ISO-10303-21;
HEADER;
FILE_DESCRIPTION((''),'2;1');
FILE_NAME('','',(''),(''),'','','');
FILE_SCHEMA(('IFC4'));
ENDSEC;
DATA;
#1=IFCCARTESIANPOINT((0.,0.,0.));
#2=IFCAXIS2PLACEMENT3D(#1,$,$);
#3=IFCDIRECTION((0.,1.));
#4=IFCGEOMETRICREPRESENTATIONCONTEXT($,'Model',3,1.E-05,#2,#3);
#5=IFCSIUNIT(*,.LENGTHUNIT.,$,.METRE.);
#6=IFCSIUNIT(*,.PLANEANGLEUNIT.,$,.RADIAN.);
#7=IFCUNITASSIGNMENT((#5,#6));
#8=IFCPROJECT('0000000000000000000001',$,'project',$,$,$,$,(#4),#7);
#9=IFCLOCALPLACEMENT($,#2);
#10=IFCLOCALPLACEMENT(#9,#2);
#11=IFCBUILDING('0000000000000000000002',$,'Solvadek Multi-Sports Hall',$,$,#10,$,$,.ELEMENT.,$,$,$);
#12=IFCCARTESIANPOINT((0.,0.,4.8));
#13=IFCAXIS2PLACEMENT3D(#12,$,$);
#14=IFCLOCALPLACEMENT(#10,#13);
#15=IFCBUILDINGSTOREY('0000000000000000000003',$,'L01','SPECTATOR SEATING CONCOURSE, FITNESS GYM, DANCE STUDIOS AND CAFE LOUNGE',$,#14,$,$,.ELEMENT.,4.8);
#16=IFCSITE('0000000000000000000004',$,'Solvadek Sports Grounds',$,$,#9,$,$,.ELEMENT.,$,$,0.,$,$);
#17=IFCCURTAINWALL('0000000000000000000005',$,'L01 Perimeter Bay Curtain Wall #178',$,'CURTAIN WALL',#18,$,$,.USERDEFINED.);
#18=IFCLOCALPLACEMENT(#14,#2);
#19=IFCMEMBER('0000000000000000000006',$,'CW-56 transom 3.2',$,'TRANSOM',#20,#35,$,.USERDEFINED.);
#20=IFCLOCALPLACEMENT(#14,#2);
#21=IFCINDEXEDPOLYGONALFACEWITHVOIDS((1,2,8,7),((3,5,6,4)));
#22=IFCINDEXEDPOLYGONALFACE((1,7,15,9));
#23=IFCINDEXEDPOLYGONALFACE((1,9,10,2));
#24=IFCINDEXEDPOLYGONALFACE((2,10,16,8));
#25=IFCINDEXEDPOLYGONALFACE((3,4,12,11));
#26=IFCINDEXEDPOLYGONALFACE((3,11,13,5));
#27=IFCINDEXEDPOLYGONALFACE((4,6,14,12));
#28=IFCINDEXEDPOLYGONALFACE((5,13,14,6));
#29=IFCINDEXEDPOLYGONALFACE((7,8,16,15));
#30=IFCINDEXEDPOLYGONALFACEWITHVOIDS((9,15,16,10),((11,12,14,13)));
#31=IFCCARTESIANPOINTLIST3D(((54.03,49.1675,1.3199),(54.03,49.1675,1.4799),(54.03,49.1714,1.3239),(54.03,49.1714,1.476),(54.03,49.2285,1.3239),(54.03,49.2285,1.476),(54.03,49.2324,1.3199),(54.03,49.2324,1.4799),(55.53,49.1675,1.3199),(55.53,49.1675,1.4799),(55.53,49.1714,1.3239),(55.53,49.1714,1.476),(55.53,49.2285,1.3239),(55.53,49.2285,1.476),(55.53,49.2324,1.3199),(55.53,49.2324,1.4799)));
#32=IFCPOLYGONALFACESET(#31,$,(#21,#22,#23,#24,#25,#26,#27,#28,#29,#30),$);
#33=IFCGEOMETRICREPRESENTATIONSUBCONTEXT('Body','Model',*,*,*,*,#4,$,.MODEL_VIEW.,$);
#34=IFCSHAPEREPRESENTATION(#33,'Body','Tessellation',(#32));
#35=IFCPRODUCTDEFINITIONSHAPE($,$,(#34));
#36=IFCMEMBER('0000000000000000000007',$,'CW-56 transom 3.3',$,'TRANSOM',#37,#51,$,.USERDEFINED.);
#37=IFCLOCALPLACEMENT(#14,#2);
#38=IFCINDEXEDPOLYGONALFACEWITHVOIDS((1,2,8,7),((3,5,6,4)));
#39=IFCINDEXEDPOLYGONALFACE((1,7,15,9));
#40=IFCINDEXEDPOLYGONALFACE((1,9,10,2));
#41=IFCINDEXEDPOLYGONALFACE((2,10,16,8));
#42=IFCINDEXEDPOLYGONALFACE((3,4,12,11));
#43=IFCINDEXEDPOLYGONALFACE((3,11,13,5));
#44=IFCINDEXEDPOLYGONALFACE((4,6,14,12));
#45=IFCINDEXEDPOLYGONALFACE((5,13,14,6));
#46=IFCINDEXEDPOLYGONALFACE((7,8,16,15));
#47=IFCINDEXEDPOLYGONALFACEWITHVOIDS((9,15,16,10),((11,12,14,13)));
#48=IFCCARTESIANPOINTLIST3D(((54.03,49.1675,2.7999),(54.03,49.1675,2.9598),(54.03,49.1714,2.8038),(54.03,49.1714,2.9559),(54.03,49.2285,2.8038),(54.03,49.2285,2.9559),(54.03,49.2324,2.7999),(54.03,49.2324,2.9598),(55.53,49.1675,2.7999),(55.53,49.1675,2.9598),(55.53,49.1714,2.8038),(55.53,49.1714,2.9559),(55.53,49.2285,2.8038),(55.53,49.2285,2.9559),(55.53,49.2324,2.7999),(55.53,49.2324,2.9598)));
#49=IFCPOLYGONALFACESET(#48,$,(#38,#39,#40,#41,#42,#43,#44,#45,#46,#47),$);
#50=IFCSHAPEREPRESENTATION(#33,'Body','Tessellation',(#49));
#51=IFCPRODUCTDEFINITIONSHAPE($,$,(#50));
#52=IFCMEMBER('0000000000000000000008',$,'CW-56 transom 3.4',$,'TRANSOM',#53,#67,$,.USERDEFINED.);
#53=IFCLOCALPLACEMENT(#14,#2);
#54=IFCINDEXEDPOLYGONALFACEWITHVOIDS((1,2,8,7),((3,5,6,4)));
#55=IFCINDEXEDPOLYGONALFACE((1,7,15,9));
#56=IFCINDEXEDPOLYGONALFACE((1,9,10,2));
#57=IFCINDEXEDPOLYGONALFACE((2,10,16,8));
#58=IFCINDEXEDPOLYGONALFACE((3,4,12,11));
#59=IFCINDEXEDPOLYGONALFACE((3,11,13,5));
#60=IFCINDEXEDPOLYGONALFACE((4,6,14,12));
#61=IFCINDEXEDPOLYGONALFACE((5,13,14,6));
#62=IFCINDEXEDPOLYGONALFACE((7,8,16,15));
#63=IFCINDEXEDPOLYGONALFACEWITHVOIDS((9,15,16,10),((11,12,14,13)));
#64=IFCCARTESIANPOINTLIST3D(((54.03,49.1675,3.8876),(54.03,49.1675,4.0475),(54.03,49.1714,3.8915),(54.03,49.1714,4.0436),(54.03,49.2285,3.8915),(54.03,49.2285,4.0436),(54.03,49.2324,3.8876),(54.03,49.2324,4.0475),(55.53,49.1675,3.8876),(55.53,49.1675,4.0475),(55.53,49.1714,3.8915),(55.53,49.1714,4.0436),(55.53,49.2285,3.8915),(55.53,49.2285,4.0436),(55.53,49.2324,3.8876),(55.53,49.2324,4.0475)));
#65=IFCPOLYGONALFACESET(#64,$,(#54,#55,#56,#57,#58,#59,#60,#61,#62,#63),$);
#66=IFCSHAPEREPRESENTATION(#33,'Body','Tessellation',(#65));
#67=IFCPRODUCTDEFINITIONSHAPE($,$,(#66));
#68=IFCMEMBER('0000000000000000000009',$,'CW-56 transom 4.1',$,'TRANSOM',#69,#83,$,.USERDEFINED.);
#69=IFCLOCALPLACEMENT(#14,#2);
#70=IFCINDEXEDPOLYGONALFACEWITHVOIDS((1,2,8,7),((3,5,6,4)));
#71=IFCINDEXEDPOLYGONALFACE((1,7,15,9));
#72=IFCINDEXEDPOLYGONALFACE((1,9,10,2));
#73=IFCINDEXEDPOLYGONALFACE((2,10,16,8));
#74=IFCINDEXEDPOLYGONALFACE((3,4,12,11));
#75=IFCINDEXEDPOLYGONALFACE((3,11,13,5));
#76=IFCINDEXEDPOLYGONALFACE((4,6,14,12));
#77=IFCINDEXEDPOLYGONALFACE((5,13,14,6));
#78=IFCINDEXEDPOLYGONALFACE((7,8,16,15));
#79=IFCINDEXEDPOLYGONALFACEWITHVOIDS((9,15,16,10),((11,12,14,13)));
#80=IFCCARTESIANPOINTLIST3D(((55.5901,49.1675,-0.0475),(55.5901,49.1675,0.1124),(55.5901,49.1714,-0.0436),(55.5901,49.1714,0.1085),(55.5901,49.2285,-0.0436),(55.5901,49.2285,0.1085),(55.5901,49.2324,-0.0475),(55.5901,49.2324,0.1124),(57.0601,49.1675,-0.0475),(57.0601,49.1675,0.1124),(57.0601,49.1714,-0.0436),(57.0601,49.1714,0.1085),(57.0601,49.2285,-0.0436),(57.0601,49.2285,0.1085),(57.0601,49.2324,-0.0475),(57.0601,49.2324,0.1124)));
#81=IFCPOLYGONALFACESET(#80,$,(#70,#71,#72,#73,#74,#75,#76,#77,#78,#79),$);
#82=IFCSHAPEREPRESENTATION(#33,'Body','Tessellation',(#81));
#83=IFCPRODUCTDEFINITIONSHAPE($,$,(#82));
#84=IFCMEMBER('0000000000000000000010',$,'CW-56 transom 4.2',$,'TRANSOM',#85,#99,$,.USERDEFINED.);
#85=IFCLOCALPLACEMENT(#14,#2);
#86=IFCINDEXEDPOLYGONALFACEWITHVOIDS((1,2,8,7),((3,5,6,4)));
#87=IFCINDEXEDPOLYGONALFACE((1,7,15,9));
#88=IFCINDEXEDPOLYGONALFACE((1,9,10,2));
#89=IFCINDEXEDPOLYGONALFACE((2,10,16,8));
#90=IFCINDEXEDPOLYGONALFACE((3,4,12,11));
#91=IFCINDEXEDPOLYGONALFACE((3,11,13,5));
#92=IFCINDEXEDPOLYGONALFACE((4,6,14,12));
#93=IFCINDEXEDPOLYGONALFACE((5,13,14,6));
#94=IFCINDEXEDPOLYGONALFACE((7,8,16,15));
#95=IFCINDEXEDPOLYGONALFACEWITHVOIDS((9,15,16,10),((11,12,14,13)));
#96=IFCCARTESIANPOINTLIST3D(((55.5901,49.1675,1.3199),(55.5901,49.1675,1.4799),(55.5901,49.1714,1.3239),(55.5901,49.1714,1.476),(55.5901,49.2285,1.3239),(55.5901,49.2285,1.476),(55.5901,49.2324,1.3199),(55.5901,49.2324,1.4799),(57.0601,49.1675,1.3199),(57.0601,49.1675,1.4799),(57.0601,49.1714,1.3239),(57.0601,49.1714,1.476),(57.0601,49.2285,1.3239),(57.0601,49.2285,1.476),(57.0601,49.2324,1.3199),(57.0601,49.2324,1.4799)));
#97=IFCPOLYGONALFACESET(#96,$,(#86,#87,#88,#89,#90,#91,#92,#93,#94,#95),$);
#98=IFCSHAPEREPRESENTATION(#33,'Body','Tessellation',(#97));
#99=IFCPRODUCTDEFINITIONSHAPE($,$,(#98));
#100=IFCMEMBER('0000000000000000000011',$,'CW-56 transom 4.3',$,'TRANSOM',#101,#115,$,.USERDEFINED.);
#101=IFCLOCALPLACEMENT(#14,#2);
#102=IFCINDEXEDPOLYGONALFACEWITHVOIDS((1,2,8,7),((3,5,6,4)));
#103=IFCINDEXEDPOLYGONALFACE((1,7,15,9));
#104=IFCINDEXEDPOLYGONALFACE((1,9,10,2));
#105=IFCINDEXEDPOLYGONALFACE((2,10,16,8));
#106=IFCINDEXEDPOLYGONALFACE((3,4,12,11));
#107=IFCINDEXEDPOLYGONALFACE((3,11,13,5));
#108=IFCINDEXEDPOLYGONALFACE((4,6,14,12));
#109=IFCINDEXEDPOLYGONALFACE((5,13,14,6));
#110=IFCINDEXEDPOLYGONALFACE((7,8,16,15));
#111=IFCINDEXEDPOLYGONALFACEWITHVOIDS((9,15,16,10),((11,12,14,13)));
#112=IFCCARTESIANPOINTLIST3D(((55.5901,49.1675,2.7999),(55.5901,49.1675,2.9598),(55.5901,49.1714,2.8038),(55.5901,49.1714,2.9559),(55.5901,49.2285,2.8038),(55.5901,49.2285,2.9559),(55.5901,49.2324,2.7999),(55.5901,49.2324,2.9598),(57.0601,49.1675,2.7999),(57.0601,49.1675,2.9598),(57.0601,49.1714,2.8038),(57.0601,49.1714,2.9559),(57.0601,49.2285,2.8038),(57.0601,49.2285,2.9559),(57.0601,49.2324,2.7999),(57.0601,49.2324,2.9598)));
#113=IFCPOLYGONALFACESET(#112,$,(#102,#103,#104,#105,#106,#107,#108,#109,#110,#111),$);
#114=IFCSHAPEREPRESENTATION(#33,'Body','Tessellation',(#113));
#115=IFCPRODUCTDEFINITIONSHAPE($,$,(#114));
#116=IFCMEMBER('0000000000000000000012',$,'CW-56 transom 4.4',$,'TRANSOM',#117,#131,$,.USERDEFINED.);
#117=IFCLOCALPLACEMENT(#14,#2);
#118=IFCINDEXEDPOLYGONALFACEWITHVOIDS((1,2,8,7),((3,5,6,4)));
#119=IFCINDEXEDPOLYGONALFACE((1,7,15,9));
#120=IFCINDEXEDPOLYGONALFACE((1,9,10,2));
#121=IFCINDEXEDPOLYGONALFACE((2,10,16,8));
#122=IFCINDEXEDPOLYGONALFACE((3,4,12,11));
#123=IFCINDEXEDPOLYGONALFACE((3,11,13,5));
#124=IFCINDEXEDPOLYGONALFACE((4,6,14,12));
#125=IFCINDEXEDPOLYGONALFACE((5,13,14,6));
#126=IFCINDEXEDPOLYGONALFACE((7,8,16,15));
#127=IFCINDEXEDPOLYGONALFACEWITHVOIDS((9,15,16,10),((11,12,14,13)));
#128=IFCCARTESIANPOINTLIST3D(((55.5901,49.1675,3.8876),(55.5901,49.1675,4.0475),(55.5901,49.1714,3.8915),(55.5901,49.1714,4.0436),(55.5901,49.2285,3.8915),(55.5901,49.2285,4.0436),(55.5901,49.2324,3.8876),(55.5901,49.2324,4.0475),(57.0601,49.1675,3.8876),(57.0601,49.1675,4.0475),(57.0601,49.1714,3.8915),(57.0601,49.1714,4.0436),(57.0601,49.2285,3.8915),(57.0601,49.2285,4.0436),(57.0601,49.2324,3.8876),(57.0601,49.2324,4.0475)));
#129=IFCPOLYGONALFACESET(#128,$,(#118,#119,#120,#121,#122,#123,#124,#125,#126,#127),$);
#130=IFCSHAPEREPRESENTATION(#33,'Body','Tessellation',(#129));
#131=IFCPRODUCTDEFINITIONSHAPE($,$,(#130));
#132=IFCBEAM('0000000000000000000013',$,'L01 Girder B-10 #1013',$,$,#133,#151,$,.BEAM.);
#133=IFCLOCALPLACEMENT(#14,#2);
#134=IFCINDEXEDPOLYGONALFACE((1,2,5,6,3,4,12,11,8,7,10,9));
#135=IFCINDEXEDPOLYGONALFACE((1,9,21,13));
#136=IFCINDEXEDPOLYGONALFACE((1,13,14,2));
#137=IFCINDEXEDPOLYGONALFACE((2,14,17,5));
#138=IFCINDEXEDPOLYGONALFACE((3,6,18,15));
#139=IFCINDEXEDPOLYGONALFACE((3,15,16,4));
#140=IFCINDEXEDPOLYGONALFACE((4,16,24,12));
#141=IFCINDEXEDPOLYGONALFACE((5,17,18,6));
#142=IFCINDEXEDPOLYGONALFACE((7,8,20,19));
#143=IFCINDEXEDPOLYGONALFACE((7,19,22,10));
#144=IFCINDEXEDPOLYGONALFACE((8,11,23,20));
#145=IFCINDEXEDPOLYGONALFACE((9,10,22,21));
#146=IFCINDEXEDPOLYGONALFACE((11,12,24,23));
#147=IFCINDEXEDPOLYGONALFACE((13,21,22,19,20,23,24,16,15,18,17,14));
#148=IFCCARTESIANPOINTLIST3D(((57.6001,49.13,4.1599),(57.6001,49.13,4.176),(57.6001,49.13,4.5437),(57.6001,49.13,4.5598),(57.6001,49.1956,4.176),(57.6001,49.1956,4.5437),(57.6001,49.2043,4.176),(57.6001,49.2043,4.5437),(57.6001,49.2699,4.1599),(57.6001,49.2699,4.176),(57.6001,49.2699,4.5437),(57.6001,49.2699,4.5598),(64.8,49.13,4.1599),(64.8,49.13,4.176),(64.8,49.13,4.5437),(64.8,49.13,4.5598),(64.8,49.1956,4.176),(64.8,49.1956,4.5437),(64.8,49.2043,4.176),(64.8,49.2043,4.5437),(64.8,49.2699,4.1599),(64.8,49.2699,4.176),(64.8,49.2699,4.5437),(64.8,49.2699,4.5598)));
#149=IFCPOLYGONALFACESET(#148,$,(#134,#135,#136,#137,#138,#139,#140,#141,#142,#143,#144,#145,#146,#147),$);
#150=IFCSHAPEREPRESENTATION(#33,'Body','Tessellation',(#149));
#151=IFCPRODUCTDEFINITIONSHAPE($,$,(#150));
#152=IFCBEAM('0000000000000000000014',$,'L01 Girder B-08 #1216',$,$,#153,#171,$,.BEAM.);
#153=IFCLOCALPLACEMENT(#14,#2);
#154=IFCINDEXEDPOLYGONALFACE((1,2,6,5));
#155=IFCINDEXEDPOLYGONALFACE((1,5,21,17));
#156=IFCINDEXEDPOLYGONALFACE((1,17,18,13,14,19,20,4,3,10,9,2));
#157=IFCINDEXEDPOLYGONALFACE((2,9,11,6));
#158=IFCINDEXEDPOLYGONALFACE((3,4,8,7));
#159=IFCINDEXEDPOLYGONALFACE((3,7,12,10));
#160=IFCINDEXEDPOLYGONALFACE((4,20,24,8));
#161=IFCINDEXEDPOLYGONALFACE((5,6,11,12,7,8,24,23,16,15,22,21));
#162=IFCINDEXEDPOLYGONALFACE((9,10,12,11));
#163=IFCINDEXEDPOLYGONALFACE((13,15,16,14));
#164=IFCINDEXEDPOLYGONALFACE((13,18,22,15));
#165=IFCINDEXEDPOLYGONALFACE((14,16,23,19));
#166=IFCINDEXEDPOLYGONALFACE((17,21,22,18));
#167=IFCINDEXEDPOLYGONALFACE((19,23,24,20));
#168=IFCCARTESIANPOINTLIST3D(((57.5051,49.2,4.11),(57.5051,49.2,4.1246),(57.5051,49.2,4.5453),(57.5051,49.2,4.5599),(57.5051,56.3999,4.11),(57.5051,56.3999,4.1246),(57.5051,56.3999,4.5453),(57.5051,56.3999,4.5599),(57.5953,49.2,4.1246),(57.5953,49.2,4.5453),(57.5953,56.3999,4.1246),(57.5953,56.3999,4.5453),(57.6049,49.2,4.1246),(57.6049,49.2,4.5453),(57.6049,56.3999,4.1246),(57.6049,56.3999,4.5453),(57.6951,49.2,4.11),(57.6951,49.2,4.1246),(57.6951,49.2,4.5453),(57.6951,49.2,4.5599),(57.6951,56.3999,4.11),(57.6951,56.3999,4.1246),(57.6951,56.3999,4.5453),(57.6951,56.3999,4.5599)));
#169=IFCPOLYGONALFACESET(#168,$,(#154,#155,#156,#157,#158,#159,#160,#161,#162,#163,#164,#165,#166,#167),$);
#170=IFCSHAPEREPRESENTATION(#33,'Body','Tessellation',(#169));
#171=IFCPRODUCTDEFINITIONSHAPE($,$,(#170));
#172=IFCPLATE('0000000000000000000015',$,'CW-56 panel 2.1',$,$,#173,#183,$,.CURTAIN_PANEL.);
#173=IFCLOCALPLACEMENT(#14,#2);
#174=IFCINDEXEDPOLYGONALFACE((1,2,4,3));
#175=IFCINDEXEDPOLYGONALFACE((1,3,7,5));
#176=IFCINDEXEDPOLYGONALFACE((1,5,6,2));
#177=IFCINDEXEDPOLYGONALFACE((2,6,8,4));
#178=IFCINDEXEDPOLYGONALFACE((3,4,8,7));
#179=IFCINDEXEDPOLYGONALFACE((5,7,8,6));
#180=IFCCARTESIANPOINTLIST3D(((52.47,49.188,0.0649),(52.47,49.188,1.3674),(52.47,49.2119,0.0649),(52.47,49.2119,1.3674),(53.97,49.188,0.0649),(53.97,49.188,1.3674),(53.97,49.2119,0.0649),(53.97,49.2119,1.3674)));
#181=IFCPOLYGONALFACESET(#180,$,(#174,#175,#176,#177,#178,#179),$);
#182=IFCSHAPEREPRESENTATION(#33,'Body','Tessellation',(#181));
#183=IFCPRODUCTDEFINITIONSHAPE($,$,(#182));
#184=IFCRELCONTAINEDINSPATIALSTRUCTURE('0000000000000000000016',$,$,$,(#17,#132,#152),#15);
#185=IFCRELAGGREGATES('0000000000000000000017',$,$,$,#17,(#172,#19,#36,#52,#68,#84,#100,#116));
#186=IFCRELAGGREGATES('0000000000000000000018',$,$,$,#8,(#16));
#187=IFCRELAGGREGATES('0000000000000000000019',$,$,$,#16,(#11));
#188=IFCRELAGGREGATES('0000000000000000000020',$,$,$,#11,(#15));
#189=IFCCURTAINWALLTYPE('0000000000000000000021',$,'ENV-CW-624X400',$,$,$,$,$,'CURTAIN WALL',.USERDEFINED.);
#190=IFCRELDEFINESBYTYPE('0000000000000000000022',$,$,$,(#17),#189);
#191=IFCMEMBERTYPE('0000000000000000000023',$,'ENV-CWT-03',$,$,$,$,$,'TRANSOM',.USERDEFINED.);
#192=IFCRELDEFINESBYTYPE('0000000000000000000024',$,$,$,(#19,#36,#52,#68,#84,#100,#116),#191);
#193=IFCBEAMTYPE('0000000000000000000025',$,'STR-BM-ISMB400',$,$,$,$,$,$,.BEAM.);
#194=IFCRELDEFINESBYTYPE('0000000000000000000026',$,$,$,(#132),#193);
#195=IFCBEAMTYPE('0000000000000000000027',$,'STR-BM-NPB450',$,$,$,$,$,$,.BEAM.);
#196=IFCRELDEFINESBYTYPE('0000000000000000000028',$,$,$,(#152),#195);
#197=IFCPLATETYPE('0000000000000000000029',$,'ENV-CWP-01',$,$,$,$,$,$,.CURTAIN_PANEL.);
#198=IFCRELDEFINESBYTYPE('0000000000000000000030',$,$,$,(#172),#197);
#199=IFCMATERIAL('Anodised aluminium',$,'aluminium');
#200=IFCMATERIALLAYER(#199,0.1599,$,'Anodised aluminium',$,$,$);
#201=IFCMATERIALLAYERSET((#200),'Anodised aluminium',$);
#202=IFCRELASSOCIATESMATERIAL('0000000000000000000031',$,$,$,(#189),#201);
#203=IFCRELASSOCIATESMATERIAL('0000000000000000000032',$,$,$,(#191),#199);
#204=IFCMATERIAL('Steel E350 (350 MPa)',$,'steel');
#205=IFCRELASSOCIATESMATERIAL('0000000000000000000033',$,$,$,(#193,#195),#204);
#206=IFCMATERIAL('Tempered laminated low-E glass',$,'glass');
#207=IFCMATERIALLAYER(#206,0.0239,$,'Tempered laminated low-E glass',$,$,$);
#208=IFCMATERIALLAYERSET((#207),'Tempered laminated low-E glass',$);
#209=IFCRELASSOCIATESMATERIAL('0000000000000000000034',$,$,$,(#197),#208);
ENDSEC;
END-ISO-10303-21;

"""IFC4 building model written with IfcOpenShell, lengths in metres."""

from ifc_helpers import new_model, si_unit, direction, frame, origin, origin_2d, place, context, subcontext, project, spatial, rectangle, hollow_rectangle, i_section, extrude, material, layer, layer_set, material_profile, profile_set, type_object, element, aggregate, save


model = new_model("IFC4")

# Units and contexts
model_context = context("Model", 3, precision=1e-05, world=origin(), true_north=direction((0.0, 1.0)))
body_context = subcontext(model_context, "Body", "Model", "MODEL_VIEW")
ifc_project = project(units=[si_unit("LENGTHUNIT", "METRE"), si_unit("PLANEANGLEUNIT", "RADIAN")], contexts=[model_context])

# Site, building, storey
site_placement = place(None, origin())
site = spatial("IfcSite", under=ifc_project, at=site_placement, Name="Solvadek Sports Grounds", CompositionType="ELEMENT", RefElevation=0.0)
building_placement = place(site_placement, origin())
building = spatial("IfcBuilding", under=site, at=building_placement, Name="Solvadek Multi-Sports Hall", CompositionType="ELEMENT")
storey_placement = place(building_placement, frame((0.0, 0.0, 4.8)))
storey = spatial("IfcBuildingStorey", under=building, at=storey_placement, Name="L01", Description="SPECTATOR SEATING CONCOURSE, FITNESS GYM, DANCE STUDIOS AND CAFE LOUNGE", CompositionType="ELEMENT", Elevation=4.8)

# Shared definitions
ifc_material_1 = material(Name="Steel E350 (350 MPa)", Category="steel")

# Curtain wall, members
ifc_material_2 = material(Name="Anodised aluminium", Category="aluminium")
ifc_layer_1 = layer(ifc_material_2, 0.1599, Name="Anodised aluminium")
ifc_layer_set_1 = layer_set([ifc_layer_1], Name="Anodised aluminium")
curtain_wall_type = type_object("IfcCurtainWallType", Name="ENV-CW-624X400", ElementType="CURTAIN WALL", PredefinedType="USERDEFINED", material=ifc_layer_set_1)
curtain_wall_placement = place(storey_placement, origin())
curtain_wall = element("IfcCurtainWall", 1, at=curtain_wall_placement, inside=storey, type_object=curtain_wall_type, Name="L01 Perimeter Bay Curtain Wall #178", ObjectType="CURTAIN WALL", PredefinedType="USERDEFINED")
ifc_material_profile_1 = material_profile(ifc_material_2, hollow_rectangle(XDim=0.0649, YDim=0.1599, WallThickness=0.0039, at=origin_2d()), Name="ALU-T 160x65x4")
ifc_profile_set_1 = profile_set([ifc_material_profile_1], Name="Anodised aluminium")
member_type_1 = type_object("IfcMemberType", Name="ENV-CWT-03", ElementType="TRANSOM", PredefinedType="USERDEFINED", material=ifc_profile_set_1)
member_1_placement = place(storey_placement, frame((54.03, 49.2, 1.3999), z_axis=(1.0, 0.0, 0.0), x_axis=(0.0, 1.0, 0.0)))
member_1 = element("IfcMember", 2, at=member_1_placement, type_object=member_type_1, Name="CW-56 transom 3.2", ObjectType="TRANSOM", PredefinedType="USERDEFINED", context=body_context, shape_type="SweptSolid", body=[
    extrude(hollow_rectangle(XDim=0.0649, YDim=0.1599, WallThickness=0.0039, at=origin_2d()), origin(), (0.0, 0.0, 1.0), 1.5),
])
member_2_placement = place(storey_placement, frame((54.03, 49.2, 2.8799), z_axis=(1.0, 0.0, 0.0), x_axis=(0.0, 1.0, 0.0)))
member_2 = element("IfcMember", 3, at=member_2_placement, type_object=member_type_1, Name="CW-56 transom 3.3", ObjectType="TRANSOM", PredefinedType="USERDEFINED", context=body_context, shape_type="SweptSolid", body=[
    extrude(hollow_rectangle(XDim=0.0649, YDim=0.1599, WallThickness=0.0039, at=origin_2d()), origin(), (0.0, 0.0, 1.0), 1.5),
])
member_3_placement = place(storey_placement, frame((54.03, 49.2, 3.9675), z_axis=(1.0, 0.0, 0.0), x_axis=(0.0, 1.0, 0.0)))
member_3 = element("IfcMember", 4, at=member_3_placement, type_object=member_type_1, Name="CW-56 transom 3.4", ObjectType="TRANSOM", PredefinedType="USERDEFINED", context=body_context, shape_type="SweptSolid", body=[
    extrude(hollow_rectangle(XDim=0.0649, YDim=0.1599, WallThickness=0.0039, at=origin_2d()), origin(), (0.0, 0.0, 1.0), 1.5),
])
member_4_placement = place(storey_placement, frame((55.5901, 49.2, 0.0325), z_axis=(1.0, 0.0, 0.0), x_axis=(0.0, 1.0, 0.0)))
member_4 = element("IfcMember", 5, at=member_4_placement, type_object=member_type_1, Name="CW-56 transom 4.1", ObjectType="TRANSOM", PredefinedType="USERDEFINED", context=body_context, shape_type="SweptSolid", body=[
    extrude(hollow_rectangle(XDim=0.0649, YDim=0.1599, WallThickness=0.0039, at=origin_2d()), origin(), (0.0, 0.0, 1.0), 1.47),
])
member_5_placement = place(storey_placement, frame((55.5901, 49.2, 1.3999), z_axis=(1.0, 0.0, 0.0), x_axis=(0.0, 1.0, 0.0)))
member_5 = element("IfcMember", 6, at=member_5_placement, type_object=member_type_1, Name="CW-56 transom 4.2", ObjectType="TRANSOM", PredefinedType="USERDEFINED", context=body_context, shape_type="SweptSolid", body=[
    extrude(hollow_rectangle(XDim=0.0649, YDim=0.1599, WallThickness=0.0039, at=origin_2d()), origin(), (0.0, 0.0, 1.0), 1.47),
])
member_6_placement = place(storey_placement, frame((55.5901, 49.2, 2.8799), z_axis=(1.0, 0.0, 0.0), x_axis=(0.0, 1.0, 0.0)))
member_6 = element("IfcMember", 7, at=member_6_placement, type_object=member_type_1, Name="CW-56 transom 4.3", ObjectType="TRANSOM", PredefinedType="USERDEFINED", context=body_context, shape_type="SweptSolid", body=[
    extrude(hollow_rectangle(XDim=0.0649, YDim=0.1599, WallThickness=0.0039, at=origin_2d()), origin(), (0.0, 0.0, 1.0), 1.47),
])
member_7_placement = place(storey_placement, frame((55.5901, 49.2, 3.9675), z_axis=(1.0, 0.0, 0.0), x_axis=(0.0, 1.0, 0.0)))
member_7 = element("IfcMember", 8, at=member_7_placement, type_object=member_type_1, Name="CW-56 transom 4.4", ObjectType="TRANSOM", PredefinedType="USERDEFINED", context=body_context, shape_type="SweptSolid", body=[
    extrude(hollow_rectangle(XDim=0.0649, YDim=0.1599, WallThickness=0.0039, at=origin_2d()), origin(), (0.0, 0.0, 1.0), 1.47),
])

# Beams
ifc_material_profile_2 = material_profile(ifc_material_1, i_section(OverallWidth=0.1399, OverallDepth=0.3999, WebThickness=0.0088, FlangeThickness=0.0161, at=origin_2d()), Name="ISMB 400")
ifc_profile_set_2 = profile_set([ifc_material_profile_2], Name="Steel E350 (350 MPa)")
beam_type_1 = type_object("IfcBeamType", Name="STR-BM-ISMB400", PredefinedType="BEAM", material=ifc_profile_set_2)
beam_1_placement = place(storey_placement, frame((57.6001, 49.2, 4.3599), z_axis=(1.0, 0.0, 0.0), x_axis=(0.0, 1.0, 0.0)))
element("IfcBeam", 9, at=beam_1_placement, inside=storey, type_object=beam_type_1, Name="L01 Girder B-10 #1013", PredefinedType="BEAM", context=body_context, shape_type="SweptSolid", body=[
    extrude(i_section(OverallWidth=0.1399, OverallDepth=0.3999, WebThickness=0.0088, FlangeThickness=0.0161, at=origin_2d()), origin(), (0.0, 0.0, 1.0), 7.2),
])
ifc_material_profile_3 = material_profile(ifc_material_1, i_section(OverallWidth=0.1899, OverallDepth=0.45, WebThickness=0.0095, FlangeThickness=0.0146, at=origin_2d()), Name="NPB 450")
ifc_profile_set_3 = profile_set([ifc_material_profile_3], Name="Steel E350 (350 MPa)")
beam_type_2 = type_object("IfcBeamType", Name="STR-BM-NPB450", PredefinedType="BEAM", material=ifc_profile_set_3)
beam_2_placement = place(storey_placement, frame((57.6001, 49.2, 4.335), z_axis=(0.0, 1.0, 0.0), x_axis=(-1.0, 0.0, 0.0)))
element("IfcBeam", 10, at=beam_2_placement, inside=storey, type_object=beam_type_2, Name="L01 Girder B-08 #1216", PredefinedType="BEAM", context=body_context, shape_type="SweptSolid", body=[
    extrude(i_section(OverallWidth=0.1899, OverallDepth=0.45, WebThickness=0.0095, FlangeThickness=0.0146, at=origin_2d()), origin(), (0.0, 0.0, 1.0), 7.2),
])

# Plate
ifc_material_3 = material(Name="Tempered laminated low-E glass", Category="glass")
ifc_layer_2 = layer(ifc_material_3, 0.0239, Name="Tempered laminated low-E glass")
ifc_layer_set_2 = layer_set([ifc_layer_2], Name="Tempered laminated low-E glass")
plate_type = type_object("IfcPlateType", Name="ENV-CWP-01", PredefinedType="CURTAIN_PANEL", material=ifc_layer_set_2)
plate_1_placement = place(storey_placement, frame((53.22, 49.2, 0.0649), z_axis=(0.0, 0.0, 1.0), x_axis=(1.0, 0.0, 0.0)))
plate_1 = element("IfcPlate", 11, at=plate_1_placement, type_object=plate_type, Name="CW-56 panel 2.1", PredefinedType="CURTAIN_PANEL", context=body_context, shape_type="SweptSolid", body=[
    extrude(rectangle(XDim=1.5, YDim=0.0239, at=origin_2d()), origin(), (0.0, 0.0, 1.0), 1.3025),
])
aggregate(curtain_wall, [plate_1, member_1, member_2, member_3, member_4, member_5, member_6, member_7])

save(model, "model.ifc")
